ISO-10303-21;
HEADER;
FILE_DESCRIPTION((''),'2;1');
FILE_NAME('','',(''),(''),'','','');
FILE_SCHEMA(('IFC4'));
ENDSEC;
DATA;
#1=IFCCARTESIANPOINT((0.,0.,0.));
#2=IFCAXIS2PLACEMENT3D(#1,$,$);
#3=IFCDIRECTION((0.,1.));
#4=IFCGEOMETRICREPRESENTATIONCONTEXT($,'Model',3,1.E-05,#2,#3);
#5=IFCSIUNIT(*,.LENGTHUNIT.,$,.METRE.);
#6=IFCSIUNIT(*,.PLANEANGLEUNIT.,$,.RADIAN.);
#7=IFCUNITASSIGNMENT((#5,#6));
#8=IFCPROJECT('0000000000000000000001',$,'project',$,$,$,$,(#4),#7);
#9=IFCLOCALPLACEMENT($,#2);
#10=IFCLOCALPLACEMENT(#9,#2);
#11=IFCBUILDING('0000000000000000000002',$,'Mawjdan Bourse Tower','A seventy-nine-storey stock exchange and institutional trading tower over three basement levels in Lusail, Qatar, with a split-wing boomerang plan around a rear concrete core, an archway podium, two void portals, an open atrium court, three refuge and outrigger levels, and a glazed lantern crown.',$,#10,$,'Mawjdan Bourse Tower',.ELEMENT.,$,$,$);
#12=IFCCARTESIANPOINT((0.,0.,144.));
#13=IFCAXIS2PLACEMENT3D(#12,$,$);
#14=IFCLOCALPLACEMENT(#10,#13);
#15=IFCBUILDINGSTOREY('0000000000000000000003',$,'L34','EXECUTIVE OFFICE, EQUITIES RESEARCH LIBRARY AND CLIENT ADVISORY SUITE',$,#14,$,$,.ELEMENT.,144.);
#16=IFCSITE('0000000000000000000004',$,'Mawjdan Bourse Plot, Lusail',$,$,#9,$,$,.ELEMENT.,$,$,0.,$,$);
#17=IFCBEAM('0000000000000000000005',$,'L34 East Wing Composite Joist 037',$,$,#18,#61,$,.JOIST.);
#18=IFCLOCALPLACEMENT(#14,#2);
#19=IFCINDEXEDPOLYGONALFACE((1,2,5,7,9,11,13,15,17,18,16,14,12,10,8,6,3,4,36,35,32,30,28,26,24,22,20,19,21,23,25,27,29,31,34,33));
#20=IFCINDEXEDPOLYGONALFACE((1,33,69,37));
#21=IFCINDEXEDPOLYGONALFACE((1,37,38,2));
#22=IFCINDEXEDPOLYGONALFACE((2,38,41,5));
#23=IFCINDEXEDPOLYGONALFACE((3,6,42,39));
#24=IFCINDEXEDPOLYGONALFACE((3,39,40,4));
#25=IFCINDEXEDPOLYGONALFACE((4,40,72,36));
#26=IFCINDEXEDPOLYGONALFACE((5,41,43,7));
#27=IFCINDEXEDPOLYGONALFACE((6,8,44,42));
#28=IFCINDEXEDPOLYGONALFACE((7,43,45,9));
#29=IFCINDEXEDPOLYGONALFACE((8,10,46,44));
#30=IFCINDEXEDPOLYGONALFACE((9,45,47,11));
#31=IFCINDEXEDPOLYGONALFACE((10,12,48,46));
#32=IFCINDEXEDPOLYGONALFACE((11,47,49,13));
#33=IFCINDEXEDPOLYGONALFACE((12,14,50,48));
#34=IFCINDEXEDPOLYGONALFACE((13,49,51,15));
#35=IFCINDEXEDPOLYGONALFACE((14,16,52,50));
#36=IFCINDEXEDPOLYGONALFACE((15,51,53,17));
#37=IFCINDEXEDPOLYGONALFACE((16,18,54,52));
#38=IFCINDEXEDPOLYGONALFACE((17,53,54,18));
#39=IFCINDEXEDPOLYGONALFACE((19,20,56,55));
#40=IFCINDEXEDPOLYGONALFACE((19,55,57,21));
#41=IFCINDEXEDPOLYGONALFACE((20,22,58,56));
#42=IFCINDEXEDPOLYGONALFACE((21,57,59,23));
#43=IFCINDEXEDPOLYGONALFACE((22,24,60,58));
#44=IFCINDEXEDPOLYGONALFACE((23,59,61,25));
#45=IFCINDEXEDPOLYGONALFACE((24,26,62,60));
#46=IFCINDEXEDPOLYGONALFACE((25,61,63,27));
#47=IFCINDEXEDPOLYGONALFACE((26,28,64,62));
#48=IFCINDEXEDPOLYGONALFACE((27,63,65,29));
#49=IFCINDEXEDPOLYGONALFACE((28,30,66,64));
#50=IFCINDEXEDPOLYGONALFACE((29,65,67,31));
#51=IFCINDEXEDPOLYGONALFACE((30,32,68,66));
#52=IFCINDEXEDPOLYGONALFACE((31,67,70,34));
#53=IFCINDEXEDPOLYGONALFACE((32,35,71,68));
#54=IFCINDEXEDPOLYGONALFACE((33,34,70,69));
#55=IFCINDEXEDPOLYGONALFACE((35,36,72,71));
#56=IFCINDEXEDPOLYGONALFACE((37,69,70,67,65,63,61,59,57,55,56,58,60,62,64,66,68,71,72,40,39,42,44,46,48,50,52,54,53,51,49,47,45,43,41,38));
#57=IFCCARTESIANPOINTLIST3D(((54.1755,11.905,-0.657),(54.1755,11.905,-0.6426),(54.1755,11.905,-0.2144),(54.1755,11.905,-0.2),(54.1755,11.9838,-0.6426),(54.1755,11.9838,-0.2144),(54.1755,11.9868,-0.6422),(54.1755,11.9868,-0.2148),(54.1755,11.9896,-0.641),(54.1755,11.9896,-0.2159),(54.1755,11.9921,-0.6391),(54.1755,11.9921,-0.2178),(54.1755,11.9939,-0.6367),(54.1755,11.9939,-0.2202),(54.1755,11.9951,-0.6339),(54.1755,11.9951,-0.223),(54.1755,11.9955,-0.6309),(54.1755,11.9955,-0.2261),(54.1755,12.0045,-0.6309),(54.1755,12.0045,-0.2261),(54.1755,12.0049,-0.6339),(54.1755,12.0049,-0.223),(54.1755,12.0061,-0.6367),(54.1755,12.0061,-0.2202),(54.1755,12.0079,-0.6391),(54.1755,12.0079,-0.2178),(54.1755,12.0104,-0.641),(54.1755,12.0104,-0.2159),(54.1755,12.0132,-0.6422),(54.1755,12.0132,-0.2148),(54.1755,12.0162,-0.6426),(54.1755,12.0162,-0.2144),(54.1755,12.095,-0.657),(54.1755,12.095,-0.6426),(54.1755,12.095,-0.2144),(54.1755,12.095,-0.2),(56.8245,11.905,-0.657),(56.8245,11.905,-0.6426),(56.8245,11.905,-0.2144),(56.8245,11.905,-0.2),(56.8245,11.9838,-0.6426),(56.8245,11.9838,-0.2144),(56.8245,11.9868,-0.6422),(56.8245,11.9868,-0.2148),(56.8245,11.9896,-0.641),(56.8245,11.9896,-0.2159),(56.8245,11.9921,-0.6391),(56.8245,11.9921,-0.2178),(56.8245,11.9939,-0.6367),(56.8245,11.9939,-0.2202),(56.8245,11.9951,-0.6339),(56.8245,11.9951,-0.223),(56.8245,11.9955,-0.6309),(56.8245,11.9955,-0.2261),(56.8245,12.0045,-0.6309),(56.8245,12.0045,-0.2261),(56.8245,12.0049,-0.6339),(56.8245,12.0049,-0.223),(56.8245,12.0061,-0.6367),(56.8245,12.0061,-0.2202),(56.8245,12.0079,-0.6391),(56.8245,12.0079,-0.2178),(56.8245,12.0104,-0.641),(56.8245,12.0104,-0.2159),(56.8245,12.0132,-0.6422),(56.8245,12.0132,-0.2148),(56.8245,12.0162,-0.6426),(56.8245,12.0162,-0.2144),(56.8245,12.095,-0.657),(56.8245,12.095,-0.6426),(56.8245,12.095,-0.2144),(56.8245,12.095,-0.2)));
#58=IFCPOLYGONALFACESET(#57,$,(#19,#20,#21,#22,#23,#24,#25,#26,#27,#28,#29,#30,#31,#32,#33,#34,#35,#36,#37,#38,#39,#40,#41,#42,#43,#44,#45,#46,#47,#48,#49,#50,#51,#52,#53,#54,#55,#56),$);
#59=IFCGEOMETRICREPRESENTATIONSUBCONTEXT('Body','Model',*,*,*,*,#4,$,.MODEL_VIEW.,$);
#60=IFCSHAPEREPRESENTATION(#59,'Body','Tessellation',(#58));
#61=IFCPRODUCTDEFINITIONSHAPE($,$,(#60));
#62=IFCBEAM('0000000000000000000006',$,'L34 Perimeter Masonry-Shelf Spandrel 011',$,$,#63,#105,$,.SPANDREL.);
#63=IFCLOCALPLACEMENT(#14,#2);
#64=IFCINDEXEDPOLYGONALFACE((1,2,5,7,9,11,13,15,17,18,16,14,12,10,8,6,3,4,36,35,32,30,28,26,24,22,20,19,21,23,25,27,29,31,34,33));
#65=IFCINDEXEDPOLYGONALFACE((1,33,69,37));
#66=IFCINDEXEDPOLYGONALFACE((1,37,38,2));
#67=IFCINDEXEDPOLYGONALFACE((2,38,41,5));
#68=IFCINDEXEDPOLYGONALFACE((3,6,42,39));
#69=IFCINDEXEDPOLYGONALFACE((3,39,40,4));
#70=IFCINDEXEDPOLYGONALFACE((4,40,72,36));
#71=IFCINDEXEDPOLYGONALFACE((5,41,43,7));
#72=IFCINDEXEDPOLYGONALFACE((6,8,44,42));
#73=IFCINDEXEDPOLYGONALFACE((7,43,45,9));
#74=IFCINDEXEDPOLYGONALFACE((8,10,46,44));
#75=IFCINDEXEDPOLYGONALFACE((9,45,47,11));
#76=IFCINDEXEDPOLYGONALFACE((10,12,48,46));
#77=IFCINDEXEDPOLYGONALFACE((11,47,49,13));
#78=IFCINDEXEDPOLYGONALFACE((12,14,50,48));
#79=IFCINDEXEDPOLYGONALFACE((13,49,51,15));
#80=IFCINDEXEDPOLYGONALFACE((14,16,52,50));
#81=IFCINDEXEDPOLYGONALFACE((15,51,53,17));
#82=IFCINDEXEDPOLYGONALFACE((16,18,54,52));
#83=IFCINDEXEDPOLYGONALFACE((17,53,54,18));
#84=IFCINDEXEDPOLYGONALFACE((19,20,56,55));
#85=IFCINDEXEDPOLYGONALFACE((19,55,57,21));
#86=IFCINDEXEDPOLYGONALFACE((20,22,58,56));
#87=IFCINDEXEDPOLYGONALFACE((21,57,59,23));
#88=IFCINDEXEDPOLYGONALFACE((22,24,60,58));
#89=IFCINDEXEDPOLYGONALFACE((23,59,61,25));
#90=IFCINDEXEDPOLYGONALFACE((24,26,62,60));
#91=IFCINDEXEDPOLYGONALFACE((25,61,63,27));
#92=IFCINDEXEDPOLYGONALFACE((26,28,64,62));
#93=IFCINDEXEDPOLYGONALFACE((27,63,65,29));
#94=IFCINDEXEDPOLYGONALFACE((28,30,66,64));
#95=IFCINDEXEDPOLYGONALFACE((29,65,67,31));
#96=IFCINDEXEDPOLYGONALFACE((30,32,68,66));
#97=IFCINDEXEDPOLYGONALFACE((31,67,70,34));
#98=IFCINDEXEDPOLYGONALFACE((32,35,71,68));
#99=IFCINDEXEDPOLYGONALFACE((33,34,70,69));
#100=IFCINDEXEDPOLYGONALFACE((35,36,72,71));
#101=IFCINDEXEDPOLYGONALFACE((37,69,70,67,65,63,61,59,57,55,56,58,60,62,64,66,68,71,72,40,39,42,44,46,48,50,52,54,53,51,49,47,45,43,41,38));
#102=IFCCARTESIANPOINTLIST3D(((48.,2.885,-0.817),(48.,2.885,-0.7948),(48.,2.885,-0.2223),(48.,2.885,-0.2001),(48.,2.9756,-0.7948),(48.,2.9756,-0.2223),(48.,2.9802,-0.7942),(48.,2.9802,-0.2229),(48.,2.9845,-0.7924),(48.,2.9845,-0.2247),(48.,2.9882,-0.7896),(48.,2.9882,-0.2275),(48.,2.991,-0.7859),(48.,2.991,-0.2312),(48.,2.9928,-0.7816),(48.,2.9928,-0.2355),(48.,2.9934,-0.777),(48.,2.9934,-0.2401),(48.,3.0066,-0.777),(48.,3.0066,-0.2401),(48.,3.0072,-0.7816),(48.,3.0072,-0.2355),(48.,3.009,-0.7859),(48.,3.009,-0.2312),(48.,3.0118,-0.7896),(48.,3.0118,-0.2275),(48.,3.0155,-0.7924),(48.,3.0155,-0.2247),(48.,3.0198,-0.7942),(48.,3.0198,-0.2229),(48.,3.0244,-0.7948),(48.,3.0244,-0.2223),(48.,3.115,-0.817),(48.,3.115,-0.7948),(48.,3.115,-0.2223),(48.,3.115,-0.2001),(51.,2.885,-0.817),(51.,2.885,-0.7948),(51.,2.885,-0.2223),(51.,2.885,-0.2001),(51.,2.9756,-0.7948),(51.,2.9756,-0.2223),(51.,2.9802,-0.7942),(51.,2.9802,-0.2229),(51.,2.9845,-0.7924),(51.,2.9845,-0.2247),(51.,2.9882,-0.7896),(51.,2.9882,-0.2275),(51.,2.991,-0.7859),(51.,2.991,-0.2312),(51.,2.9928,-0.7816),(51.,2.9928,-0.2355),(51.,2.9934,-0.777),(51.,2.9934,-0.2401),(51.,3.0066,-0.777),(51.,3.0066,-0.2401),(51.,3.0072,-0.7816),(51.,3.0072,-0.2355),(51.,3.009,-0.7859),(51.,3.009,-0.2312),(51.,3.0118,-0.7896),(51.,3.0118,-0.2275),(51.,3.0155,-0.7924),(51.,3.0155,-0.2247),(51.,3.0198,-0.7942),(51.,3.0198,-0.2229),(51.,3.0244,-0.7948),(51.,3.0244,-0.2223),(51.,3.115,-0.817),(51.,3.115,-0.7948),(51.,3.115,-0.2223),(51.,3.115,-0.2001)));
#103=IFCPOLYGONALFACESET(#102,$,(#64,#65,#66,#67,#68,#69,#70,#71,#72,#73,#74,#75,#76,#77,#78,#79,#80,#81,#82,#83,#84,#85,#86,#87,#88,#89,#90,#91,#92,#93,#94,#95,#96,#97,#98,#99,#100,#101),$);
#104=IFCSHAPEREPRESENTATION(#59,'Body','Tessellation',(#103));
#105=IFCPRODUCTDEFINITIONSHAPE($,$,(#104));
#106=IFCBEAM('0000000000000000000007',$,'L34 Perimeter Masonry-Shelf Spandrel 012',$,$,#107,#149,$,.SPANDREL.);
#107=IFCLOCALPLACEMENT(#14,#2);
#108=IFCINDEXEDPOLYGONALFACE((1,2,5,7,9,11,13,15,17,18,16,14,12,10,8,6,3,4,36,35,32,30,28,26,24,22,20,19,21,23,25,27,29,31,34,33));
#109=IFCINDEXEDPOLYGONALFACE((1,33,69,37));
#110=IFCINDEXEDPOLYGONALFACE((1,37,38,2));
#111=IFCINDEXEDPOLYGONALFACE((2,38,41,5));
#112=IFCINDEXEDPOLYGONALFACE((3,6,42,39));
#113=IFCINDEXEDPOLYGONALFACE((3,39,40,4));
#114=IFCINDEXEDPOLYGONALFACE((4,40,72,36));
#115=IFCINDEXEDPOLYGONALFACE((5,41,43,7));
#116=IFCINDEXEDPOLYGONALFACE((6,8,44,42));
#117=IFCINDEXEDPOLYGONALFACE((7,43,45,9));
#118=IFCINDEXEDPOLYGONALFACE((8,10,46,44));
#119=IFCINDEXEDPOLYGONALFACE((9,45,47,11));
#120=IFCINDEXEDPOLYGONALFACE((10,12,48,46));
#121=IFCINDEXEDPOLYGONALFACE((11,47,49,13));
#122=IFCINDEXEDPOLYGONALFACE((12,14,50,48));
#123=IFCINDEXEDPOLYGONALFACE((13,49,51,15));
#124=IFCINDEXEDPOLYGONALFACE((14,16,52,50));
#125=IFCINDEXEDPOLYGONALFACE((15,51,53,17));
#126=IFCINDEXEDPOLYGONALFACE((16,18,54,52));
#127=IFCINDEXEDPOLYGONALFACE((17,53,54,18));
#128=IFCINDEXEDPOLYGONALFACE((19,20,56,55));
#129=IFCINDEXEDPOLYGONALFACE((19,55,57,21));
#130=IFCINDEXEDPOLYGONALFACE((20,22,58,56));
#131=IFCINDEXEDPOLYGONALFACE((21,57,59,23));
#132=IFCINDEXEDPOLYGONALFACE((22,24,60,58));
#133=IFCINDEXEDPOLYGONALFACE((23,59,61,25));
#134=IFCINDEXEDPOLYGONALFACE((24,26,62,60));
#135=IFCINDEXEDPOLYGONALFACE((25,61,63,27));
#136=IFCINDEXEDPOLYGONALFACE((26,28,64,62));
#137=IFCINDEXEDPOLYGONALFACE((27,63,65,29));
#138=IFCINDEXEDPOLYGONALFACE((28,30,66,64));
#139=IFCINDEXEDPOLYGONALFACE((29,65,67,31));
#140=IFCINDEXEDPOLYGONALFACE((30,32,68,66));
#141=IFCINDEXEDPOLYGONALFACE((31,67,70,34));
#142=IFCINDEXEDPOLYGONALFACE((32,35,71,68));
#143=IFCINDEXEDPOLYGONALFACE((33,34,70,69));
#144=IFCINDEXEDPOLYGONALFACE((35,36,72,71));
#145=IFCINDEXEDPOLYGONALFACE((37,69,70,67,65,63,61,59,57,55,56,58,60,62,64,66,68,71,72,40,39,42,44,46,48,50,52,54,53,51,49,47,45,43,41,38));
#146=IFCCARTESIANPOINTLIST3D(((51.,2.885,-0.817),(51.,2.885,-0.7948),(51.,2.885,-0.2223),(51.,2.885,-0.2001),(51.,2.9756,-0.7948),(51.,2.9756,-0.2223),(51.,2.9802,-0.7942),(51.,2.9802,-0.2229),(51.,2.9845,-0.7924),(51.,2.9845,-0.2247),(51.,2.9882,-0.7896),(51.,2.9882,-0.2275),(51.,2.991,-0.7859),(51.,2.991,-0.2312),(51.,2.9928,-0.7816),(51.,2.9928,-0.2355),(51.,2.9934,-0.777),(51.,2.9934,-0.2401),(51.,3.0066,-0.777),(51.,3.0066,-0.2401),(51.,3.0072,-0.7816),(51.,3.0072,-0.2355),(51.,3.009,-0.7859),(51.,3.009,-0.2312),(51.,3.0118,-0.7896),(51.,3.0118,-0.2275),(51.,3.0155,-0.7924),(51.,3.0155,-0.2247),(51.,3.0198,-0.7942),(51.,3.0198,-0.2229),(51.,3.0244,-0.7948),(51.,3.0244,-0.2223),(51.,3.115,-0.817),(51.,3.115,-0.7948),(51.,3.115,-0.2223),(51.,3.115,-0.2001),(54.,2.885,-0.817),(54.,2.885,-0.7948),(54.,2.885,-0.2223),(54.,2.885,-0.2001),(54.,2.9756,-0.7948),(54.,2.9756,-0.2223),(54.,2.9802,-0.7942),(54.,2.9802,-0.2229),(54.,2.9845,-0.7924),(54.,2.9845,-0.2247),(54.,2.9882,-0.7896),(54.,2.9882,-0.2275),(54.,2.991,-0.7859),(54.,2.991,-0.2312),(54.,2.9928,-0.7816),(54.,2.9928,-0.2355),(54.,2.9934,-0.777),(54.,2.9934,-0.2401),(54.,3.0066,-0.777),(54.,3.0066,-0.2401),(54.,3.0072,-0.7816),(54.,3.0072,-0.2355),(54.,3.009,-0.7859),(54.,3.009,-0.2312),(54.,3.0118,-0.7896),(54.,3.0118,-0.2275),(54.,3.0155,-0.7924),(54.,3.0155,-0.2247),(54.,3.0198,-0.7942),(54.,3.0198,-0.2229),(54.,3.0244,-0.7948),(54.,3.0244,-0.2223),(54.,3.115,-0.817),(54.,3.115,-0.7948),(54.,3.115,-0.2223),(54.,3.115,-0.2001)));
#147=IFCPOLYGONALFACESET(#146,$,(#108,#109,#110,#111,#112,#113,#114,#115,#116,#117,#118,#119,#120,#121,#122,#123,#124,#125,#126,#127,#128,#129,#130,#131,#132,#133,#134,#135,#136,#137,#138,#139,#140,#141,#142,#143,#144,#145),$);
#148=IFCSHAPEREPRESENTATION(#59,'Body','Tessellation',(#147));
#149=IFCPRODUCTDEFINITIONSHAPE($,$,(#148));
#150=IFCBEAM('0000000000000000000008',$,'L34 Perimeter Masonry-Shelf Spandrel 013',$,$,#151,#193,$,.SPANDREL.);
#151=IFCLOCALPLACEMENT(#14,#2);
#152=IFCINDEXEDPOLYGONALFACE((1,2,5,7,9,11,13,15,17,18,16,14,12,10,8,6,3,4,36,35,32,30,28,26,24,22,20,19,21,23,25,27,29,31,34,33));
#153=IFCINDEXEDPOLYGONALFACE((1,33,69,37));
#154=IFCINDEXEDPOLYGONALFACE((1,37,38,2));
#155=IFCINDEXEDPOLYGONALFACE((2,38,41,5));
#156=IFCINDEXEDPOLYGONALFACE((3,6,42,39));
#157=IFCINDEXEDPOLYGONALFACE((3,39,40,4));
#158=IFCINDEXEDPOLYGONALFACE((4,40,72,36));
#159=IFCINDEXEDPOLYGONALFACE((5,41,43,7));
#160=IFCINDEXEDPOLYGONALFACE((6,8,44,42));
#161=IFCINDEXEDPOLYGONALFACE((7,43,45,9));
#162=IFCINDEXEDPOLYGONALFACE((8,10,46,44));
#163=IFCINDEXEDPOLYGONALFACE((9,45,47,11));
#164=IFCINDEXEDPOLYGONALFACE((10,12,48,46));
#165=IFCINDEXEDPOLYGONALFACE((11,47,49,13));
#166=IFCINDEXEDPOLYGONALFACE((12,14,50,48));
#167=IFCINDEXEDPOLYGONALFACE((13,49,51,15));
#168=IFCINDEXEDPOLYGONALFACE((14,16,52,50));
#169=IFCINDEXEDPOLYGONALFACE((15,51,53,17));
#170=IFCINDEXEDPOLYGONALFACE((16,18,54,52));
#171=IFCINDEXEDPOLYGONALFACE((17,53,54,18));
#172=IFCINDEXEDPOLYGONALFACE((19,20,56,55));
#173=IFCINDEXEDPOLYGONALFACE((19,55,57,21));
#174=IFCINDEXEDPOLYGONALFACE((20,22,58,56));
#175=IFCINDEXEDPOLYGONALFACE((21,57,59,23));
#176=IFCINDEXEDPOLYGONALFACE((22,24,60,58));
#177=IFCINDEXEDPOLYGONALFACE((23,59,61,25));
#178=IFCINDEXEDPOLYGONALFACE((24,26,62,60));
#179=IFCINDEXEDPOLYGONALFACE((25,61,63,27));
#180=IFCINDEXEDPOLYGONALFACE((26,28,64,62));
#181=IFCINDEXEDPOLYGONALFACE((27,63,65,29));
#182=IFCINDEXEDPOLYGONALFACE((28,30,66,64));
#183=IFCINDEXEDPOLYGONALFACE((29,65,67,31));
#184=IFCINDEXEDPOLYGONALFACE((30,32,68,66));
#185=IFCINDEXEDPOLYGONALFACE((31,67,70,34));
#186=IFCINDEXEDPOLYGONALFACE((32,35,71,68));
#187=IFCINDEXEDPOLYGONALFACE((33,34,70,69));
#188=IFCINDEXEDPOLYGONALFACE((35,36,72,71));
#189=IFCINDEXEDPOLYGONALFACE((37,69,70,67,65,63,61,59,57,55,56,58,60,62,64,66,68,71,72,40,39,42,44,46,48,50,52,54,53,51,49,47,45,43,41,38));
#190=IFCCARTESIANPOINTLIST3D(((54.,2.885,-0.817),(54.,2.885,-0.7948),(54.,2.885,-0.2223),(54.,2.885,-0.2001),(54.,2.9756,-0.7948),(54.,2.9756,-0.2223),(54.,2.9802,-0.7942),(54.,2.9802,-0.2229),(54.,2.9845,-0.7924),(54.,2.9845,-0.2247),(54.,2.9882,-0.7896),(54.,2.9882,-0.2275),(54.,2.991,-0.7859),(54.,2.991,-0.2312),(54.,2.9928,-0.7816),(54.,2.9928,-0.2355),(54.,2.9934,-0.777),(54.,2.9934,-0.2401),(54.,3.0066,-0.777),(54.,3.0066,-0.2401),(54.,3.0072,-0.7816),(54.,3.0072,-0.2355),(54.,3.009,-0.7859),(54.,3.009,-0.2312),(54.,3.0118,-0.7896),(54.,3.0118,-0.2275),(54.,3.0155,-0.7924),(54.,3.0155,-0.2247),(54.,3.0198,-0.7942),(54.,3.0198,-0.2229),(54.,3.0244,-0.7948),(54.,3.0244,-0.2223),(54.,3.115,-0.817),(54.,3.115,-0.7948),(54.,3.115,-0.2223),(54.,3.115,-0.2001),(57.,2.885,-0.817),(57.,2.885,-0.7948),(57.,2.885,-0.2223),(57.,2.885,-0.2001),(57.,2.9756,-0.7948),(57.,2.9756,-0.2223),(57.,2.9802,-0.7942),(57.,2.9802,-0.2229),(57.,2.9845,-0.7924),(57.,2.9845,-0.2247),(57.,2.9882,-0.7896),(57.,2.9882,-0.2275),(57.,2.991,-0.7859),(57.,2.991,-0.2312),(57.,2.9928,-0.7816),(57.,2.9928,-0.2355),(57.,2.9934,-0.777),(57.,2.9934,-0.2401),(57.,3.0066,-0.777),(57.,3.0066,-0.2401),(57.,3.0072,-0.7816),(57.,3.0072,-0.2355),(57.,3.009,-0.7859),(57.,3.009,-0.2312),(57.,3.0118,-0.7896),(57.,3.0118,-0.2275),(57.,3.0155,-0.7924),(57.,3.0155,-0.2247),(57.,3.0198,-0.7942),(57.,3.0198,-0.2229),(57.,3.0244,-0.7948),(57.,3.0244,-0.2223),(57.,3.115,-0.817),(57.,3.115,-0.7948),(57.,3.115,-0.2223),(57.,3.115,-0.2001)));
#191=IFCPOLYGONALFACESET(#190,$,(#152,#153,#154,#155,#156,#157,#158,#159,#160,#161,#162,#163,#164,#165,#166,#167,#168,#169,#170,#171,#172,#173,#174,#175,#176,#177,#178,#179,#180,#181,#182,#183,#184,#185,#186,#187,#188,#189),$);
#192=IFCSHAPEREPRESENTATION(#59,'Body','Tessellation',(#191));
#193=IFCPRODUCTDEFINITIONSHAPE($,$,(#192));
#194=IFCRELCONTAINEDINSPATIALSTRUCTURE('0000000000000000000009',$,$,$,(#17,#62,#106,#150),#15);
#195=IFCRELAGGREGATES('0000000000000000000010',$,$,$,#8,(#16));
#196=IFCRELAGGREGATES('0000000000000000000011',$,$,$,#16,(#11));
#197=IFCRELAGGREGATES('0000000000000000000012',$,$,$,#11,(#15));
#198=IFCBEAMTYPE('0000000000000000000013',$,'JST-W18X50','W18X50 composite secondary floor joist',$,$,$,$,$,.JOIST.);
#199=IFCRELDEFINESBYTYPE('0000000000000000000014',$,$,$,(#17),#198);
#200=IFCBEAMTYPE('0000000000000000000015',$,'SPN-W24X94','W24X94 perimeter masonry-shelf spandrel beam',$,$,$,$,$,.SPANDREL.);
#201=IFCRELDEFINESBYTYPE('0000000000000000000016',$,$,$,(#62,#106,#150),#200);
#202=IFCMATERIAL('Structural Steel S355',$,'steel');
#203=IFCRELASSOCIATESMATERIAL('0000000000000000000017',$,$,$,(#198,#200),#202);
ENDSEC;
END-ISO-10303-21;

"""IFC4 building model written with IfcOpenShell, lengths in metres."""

from ifc_helpers import new_model, si_unit, direction, frame, origin, origin_2d, place, context, subcontext, project, spatial, i_section, extrude, material, material_profile, profile_set, type_object, element, save


model = new_model("IFC4")

# Units and contexts
model_context = context("Model", 3, precision=1e-05, world=origin(), true_north=direction((0.0, 1.0)))
body_context = subcontext(model_context, "Body", "Model", "MODEL_VIEW")
ifc_project = project(units=[si_unit("LENGTHUNIT", "METRE"), si_unit("PLANEANGLEUNIT", "RADIAN")], contexts=[model_context])

# Site, building, storey
site_placement = place(None, origin())
site = spatial("IfcSite", under=ifc_project, at=site_placement, Name="Mawjdan Bourse Plot, Lusail", CompositionType="ELEMENT", RefElevation=0.0)
building_placement = place(site_placement, origin())
building = spatial("IfcBuilding", under=site, at=building_placement, Name="Mawjdan Bourse Tower", Description="A seventy-nine-storey stock exchange and institutional trading tower over three basement levels in Lusail, Qatar, with a split-wing boomerang plan around a rear concrete core, an archway podium, two void portals, an open atrium court, three refuge and outrigger levels, and a glazed lantern crown.", LongName="Mawjdan Bourse Tower", CompositionType="ELEMENT")
storey_placement = place(building_placement, frame((0.0, 0.0, 144.0)))
storey = spatial("IfcBuildingStorey", under=building, at=storey_placement, Name="L34", Description="EXECUTIVE OFFICE, EQUITIES RESEARCH LIBRARY AND CLIENT ADVISORY SUITE", CompositionType="ELEMENT", Elevation=144.0)

# Beams
ifc_material_1 = material(Name="Structural Steel S355", Category="steel")
ifc_material_profile_1 = material_profile(ifc_material_1, i_section(OverallWidth=0.1899, OverallDepth=0.457, WebThickness=0.009, FlangeThickness=0.0144, FilletRadius=0.0117, at=origin_2d()), Name="W18X50")
ifc_profile_set_1 = profile_set([ifc_material_profile_1], Name="Structural Steel S355")
beam_type_1 = type_object("IfcBeamType", Name="JST-W18X50", Description="W18X50 composite secondary floor joist", PredefinedType="JOIST", material=ifc_profile_set_1)
for number, where, z_axis, x_axis, name in (
    (1, (54.1755, 12.0, -0.4285), (1.0, 0.0, 0.0), (0.0, 1.0, 0.0), "L34 East Wing Composite Joist 037"),
):
    element("IfcBeam", number, at=place(storey_placement, frame(where, z_axis=z_axis, x_axis=x_axis)), inside=storey, type_object=beam_type_1, Name=name, PredefinedType="JOIST", context=body_context, shape_type="SweptSolid", body=[
        extrude(i_section(OverallWidth=0.1899, OverallDepth=0.457, WebThickness=0.009, FlangeThickness=0.0144, FilletRadius=0.0117, at=origin_2d()), origin(), (0.0, 0.0, 1.0), 2.6489),
    ])
ifc_material_profile_2 = material_profile(ifc_material_1, i_section(OverallWidth=0.23, OverallDepth=0.6169, WebThickness=0.0132, FlangeThickness=0.0222, FilletRadius=0.0178, at=origin_2d()), Name="W24X94")
ifc_profile_set_2 = profile_set([ifc_material_profile_2], Name="Structural Steel S355")
beam_type_2 = type_object("IfcBeamType", Name="SPN-W24X94", Description="W24X94 perimeter masonry-shelf spandrel beam", PredefinedType="SPANDREL", material=ifc_profile_set_2)
for number, where, z_axis, x_axis, name in (
    (2, (48.0, 3.0, -0.5085), (1.0, 0.0, 0.0), (0.0, 1.0, 0.0), "L34 Perimeter Masonry-Shelf Spandrel 011"),
    (3, (51.0, 3.0, -0.5085), (1.0, 0.0, 0.0), (0.0, 1.0, 0.0), "L34 Perimeter Masonry-Shelf Spandrel 012"),
    (4, (54.0, 3.0, -0.5085), (1.0, 0.0, 0.0), (0.0, 1.0, 0.0), "L34 Perimeter Masonry-Shelf Spandrel 013"),
):
    element("IfcBeam", number, at=place(storey_placement, frame(where, z_axis=z_axis, x_axis=x_axis)), inside=storey, type_object=beam_type_2, Name=name, PredefinedType="SPANDREL", context=body_context, shape_type="SweptSolid", body=[
        extrude(i_section(OverallWidth=0.23, OverallDepth=0.6169, WebThickness=0.0132, FlangeThickness=0.0222, FilletRadius=0.0178, at=origin_2d()), origin(), (0.0, 0.0, 1.0), 3.0),
    ])

save(model, "model.ifc")
